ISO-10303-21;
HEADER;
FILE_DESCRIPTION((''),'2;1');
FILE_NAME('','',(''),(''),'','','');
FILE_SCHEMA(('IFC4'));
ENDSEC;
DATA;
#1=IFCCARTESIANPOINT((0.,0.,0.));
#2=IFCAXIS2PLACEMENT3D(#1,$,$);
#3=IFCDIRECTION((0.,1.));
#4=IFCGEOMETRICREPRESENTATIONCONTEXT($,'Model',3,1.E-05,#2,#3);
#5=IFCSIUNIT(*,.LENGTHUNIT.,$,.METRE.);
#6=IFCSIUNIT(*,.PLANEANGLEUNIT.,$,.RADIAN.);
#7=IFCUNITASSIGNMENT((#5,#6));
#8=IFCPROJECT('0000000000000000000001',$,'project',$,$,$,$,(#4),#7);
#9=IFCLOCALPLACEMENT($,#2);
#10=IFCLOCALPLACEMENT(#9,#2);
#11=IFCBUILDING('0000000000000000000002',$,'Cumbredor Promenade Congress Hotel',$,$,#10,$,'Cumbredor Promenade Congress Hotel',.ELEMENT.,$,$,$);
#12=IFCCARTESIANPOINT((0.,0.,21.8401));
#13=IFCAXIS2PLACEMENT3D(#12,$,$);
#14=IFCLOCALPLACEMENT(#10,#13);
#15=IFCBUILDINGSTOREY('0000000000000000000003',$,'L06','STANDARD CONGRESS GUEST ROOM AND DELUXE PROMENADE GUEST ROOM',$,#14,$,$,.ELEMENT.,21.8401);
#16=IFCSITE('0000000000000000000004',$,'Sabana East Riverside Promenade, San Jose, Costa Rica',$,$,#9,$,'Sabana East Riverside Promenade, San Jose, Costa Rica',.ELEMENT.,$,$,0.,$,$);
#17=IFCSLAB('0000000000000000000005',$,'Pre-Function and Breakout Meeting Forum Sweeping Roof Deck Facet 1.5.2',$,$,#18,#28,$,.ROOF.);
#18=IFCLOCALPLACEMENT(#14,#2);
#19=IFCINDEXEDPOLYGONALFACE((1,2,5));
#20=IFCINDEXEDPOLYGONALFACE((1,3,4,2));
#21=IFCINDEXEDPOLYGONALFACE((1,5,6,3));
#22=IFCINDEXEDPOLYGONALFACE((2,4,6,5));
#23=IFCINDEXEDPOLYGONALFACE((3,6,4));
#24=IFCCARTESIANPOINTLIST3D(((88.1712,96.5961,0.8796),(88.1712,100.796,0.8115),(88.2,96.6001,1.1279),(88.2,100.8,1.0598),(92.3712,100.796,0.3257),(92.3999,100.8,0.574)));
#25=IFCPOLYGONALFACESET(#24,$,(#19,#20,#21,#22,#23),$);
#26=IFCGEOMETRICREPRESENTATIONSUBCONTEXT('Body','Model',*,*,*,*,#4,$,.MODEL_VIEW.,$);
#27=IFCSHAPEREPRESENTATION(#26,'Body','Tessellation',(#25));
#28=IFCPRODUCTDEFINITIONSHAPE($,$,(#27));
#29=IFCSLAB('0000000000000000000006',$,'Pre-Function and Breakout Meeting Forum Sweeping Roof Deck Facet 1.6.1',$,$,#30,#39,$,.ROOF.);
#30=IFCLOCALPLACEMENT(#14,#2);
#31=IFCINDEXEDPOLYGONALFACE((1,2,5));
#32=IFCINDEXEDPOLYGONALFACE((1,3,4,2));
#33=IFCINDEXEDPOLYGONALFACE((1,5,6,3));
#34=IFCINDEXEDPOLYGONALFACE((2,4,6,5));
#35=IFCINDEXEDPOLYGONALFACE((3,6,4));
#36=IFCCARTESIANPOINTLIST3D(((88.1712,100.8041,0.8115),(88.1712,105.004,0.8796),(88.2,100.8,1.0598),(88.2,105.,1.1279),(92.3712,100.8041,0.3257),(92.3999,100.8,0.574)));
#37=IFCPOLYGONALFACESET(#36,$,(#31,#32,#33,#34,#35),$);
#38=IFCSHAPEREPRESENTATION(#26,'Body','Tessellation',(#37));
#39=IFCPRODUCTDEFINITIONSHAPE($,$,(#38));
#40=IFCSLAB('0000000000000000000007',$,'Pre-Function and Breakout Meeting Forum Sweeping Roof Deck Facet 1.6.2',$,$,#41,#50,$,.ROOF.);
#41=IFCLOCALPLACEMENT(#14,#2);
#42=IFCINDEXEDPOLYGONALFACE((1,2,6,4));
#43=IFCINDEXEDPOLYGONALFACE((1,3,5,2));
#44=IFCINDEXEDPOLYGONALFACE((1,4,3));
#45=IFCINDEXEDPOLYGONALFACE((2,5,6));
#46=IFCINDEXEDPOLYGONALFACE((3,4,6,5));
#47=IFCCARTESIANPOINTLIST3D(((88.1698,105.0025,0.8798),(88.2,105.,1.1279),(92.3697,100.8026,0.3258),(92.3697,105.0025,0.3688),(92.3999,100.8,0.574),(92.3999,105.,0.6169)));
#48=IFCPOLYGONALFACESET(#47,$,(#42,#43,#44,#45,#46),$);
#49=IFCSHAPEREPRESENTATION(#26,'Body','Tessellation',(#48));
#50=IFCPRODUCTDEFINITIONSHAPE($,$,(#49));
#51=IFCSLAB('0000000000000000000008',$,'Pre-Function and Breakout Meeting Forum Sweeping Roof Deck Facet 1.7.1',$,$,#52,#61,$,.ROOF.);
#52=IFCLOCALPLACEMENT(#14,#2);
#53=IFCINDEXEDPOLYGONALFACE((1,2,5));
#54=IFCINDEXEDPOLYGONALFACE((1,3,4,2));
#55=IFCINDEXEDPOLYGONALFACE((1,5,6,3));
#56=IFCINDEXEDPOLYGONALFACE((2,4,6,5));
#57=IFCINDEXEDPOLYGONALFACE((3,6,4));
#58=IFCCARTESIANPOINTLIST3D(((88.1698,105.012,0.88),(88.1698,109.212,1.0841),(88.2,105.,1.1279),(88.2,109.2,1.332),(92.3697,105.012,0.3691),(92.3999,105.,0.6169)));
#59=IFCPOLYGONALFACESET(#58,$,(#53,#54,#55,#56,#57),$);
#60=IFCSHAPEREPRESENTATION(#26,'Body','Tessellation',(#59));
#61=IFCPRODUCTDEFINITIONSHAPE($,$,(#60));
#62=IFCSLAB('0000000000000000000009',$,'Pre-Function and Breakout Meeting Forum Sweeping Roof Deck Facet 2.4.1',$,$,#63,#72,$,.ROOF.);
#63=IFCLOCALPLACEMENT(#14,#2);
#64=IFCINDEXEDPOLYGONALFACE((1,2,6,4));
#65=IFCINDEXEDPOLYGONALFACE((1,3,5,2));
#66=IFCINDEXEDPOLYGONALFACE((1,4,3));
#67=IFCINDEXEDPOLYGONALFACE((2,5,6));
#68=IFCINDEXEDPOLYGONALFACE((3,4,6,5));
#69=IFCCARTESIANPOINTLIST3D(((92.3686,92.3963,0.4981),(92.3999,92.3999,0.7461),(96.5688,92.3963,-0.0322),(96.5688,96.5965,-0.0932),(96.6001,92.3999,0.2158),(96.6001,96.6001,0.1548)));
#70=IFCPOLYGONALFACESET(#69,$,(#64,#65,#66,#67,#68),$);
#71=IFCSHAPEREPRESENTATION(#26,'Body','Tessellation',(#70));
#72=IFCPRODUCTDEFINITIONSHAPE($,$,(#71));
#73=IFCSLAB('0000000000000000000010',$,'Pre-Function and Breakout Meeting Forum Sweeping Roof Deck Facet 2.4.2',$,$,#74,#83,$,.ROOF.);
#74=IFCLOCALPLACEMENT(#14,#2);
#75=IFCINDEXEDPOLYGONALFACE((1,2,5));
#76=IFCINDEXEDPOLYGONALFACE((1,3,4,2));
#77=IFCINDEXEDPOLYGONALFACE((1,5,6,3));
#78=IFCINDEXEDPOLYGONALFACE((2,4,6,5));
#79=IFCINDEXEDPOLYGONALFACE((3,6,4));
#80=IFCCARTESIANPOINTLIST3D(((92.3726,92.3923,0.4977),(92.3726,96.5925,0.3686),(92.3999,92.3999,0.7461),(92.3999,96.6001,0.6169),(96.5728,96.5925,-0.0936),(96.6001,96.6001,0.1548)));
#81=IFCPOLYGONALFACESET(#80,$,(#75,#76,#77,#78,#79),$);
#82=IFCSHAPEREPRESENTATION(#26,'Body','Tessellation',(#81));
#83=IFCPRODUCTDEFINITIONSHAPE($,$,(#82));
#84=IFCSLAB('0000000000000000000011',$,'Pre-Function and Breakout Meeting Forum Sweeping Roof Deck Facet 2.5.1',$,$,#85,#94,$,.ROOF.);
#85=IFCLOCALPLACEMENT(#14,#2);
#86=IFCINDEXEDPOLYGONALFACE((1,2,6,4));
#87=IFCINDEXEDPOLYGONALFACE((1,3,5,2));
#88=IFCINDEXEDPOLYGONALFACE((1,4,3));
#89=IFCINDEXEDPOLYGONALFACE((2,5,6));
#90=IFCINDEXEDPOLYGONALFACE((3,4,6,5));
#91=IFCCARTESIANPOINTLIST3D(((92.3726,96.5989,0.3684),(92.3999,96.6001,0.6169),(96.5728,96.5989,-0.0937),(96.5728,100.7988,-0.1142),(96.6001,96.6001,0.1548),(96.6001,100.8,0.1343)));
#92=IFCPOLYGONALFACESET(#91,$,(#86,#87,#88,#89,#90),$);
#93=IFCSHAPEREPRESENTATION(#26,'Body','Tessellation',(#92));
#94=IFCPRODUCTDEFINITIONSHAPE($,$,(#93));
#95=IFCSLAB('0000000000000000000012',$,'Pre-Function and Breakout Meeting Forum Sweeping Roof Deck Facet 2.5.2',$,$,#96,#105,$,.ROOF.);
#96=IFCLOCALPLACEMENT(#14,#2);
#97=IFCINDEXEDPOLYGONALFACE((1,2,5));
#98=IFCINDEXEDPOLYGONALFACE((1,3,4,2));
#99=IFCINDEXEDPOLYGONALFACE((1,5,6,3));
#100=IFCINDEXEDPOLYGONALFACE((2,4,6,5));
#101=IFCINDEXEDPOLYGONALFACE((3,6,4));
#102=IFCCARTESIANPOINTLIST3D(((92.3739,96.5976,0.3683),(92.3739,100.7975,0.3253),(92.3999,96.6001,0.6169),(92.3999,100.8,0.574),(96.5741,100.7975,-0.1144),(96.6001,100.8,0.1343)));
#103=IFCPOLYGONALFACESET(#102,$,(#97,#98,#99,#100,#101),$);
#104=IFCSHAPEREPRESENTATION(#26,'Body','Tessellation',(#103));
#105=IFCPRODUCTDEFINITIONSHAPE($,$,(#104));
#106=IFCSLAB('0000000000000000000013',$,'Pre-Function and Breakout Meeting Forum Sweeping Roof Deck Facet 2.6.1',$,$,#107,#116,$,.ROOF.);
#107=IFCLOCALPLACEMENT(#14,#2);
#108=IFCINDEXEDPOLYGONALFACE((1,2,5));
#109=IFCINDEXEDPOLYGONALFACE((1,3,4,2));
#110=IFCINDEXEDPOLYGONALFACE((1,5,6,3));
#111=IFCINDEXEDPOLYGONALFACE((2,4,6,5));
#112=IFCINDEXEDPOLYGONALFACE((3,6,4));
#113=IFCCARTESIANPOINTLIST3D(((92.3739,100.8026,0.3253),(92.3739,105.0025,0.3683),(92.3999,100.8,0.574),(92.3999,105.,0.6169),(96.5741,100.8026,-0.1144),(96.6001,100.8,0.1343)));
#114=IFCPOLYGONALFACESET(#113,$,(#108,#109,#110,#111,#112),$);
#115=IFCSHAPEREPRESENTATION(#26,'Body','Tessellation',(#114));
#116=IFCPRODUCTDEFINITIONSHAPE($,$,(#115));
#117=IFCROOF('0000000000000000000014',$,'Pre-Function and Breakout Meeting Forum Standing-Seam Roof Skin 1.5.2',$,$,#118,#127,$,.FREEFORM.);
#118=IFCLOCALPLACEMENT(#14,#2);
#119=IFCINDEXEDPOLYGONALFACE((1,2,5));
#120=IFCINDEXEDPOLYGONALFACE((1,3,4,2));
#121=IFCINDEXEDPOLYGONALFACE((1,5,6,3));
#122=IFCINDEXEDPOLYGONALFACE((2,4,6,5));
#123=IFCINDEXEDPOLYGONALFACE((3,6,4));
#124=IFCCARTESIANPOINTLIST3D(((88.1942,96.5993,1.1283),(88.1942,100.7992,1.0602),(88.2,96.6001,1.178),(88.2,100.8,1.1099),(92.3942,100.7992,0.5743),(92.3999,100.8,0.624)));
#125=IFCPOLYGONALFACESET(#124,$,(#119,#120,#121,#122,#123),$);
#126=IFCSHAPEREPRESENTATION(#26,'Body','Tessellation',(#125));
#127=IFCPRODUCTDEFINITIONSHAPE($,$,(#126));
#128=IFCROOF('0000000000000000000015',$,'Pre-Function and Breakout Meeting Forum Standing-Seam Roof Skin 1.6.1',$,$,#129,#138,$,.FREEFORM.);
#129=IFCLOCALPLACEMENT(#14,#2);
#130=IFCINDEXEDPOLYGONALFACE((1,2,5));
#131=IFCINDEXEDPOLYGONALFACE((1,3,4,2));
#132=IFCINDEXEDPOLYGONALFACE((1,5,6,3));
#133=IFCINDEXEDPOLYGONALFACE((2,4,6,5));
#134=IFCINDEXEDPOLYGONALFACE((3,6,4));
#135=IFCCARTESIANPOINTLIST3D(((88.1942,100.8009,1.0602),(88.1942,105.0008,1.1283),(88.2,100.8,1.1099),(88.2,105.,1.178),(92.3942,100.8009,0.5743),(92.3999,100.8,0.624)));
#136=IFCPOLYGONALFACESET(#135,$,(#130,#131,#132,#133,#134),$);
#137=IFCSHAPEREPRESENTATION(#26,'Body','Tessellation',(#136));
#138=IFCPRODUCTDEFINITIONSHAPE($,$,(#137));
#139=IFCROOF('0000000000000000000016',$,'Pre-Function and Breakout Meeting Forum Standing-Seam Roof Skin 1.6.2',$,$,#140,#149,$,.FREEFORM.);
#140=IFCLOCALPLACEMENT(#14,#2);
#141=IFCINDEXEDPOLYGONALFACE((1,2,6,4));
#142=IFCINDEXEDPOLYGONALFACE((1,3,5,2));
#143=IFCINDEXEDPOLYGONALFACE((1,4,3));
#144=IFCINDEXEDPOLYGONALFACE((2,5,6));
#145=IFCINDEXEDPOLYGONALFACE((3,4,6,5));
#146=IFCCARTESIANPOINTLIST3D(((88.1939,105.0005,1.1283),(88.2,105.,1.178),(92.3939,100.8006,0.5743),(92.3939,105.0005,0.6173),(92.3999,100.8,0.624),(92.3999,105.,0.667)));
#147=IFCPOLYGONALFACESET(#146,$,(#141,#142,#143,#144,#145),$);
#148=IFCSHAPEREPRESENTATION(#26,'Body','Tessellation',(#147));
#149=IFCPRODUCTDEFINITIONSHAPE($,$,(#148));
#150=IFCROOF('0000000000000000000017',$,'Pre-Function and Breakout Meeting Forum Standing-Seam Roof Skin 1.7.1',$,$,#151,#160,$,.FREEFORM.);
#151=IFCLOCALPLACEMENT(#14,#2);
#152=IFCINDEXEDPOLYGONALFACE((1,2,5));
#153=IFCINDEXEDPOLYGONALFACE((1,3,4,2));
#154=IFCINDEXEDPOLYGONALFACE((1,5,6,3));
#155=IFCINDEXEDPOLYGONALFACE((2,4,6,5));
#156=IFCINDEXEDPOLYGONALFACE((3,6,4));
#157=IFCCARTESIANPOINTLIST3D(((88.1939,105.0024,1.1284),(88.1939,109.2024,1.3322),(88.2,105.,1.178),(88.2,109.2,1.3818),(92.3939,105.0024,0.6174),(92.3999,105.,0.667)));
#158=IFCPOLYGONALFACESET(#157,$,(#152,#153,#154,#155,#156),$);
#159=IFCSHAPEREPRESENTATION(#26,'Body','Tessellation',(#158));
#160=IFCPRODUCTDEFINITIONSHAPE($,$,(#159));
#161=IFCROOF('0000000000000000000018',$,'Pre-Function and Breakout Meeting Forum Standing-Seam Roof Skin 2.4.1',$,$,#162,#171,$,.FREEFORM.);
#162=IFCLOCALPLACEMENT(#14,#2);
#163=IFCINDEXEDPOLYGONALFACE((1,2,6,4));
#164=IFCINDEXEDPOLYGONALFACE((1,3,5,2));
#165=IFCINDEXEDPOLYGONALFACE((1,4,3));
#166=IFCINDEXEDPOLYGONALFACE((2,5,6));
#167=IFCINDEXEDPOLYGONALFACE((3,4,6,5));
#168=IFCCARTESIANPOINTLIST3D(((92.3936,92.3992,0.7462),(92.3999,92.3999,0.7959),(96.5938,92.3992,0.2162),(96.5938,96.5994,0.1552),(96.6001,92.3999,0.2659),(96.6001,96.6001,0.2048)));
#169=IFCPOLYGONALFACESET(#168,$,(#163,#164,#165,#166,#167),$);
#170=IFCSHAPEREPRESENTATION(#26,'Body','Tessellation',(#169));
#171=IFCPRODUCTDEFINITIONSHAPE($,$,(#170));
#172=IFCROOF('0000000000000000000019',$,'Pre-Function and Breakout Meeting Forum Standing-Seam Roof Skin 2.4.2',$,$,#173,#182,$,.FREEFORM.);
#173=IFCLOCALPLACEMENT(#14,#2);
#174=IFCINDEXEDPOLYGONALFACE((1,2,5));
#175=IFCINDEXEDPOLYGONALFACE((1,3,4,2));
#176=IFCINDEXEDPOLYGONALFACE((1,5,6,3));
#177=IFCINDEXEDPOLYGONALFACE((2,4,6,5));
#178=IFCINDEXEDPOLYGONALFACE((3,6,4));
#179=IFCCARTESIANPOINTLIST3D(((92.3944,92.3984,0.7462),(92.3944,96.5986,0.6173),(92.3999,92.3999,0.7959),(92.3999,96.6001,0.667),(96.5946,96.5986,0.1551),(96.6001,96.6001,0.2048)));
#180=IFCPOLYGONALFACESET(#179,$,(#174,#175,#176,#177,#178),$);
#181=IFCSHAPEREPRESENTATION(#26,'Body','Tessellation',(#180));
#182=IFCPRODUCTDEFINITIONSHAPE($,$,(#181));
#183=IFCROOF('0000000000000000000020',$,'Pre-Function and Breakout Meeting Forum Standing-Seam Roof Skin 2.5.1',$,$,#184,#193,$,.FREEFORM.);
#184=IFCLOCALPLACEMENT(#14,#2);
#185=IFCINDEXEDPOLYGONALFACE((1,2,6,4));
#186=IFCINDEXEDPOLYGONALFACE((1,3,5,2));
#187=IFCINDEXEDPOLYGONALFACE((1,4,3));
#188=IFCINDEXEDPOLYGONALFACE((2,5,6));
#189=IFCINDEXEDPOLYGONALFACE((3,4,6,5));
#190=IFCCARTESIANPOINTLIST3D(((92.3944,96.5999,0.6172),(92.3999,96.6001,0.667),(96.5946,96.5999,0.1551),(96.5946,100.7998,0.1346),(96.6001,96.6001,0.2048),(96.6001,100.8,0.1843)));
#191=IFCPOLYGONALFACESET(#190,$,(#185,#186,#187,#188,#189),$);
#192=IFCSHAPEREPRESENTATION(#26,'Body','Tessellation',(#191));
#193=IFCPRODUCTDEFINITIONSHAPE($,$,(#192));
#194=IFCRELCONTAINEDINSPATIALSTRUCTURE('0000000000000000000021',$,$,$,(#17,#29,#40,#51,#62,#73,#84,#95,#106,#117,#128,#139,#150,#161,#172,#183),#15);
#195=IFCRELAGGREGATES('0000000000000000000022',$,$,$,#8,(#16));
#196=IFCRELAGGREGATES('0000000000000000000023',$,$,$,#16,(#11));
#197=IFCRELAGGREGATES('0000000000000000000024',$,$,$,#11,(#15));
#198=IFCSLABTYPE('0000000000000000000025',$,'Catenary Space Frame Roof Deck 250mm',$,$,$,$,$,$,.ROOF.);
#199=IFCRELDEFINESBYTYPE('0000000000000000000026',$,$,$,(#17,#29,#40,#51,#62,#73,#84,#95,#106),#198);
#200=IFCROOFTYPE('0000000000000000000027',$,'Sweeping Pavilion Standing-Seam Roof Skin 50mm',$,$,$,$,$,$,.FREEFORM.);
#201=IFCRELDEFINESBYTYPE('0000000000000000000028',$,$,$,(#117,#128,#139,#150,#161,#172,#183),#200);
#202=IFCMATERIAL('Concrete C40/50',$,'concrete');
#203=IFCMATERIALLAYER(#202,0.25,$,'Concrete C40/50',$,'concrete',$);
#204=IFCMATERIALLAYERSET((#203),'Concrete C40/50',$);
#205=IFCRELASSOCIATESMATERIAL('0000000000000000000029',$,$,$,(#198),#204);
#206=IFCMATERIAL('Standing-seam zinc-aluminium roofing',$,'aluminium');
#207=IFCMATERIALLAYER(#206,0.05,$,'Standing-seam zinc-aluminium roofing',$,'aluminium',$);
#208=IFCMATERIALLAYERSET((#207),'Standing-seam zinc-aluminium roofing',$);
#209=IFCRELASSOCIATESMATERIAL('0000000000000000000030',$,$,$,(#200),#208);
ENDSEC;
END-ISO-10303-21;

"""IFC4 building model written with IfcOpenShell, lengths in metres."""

from ifc_helpers import new_model, si_unit, direction, frame, origin, place, context, subcontext, project, spatial, polyline, outline, extrude, material, layer, layer_set, type_object, element, save


model = new_model("IFC4")

# Units and contexts
model_context = context("Model", 3, precision=1e-05, world=origin(), true_north=direction((0.0, 1.0)))
body_context = subcontext(model_context, "Body", "Model", "MODEL_VIEW")
ifc_project = project(units=[si_unit("LENGTHUNIT", "METRE"), si_unit("PLANEANGLEUNIT", "RADIAN")], contexts=[model_context])

# Site, building, storey
site_placement = place(None, origin())
site = spatial("IfcSite", under=ifc_project, at=site_placement, Name="Sabana East Riverside Promenade, San Jose, Costa Rica", LongName="Sabana East Riverside Promenade, San Jose, Costa Rica", CompositionType="ELEMENT", RefElevation=0.0)
building_placement = place(site_placement, origin())
building = spatial("IfcBuilding", under=site, at=building_placement, Name="Cumbredor Promenade Congress Hotel", LongName="Cumbredor Promenade Congress Hotel", CompositionType="ELEMENT")
storey_placement = place(building_placement, frame((0.0, 0.0, 21.8401)))
storey = spatial("IfcBuildingStorey", under=building, at=storey_placement, Name="L06", Description="STANDARD CONGRESS GUEST ROOM AND DELUXE PROMENADE GUEST ROOM", CompositionType="ELEMENT", Elevation=21.8401)

# Slabs
ifc_material_1 = material(Name="Concrete C40/50", Category="concrete")
ifc_layer_1 = layer(ifc_material_1, 0.25, Name="Concrete C40/50", Category="concrete")
ifc_layer_set_1 = layer_set([ifc_layer_1], Name="Concrete C40/50")
slab_type = type_object("IfcSlabType", Name="Catenary Space Frame Roof Deck 250mm", PredefinedType="ROOF", material=ifc_layer_set_1)
slab_1_placement = place(storey_placement, frame((88.2, 96.6001, 1.1279), z_axis=(0.114896, 0.016109, 0.993247), x_axis=(0.704051, 0.704051, -0.092861)))
element("IfcSlab", 1, at=slab_1_placement, inside=storey, type_object=slab_type, Name="Pre-Function and Breakout Meeting Forum Sweeping Roof Deck Facet 1.5.2", PredefinedType="ROOF", context=body_context, shape_type="SweptSolid", body=[
    extrude(outline(polyline([(0.0, 0.0), (5.9654, 0.0), (2.9633, 2.9771), (0.0, 0.0)])), origin(), (0.0, 0.0, -1.0), 0.25),
])
slab_2_placement = place(storey_placement, frame((88.2, 100.8, 1.0598), z_axis=(0.114896, -0.016109, 0.993247), x_axis=(0.993376, 0.0, -0.114911)))
element("IfcSlab", 2, at=slab_2_placement, inside=storey, type_object=slab_type, Name="Pre-Function and Breakout Meeting Forum Sweeping Roof Deck Facet 1.6.1", PredefinedType="ROOF", context=body_context, shape_type="SweptSolid", body=[
    extrude(outline(polyline([(0.0, 0.0), (4.228, 0.0), (-0.0078, 4.2005), (0.0, 0.0)])), origin(), (0.0, 0.0, -1.0), 0.25),
])
slab_3_placement = place(storey_placement, frame((92.3999, 100.8, 0.574), z_axis=(0.120768, -0.010155, 0.992629), x_axis=(0.0, 0.999948, 0.01023)))
element("IfcSlab", 3, at=slab_3_placement, inside=storey, type_object=slab_type, Name="Pre-Function and Breakout Meeting Forum Sweeping Roof Deck Facet 1.6.2", PredefinedType="ROOF", context=body_context, shape_type="SweptSolid", body=[
    extrude(outline(polyline([(0.0, 0.0), (4.2002, 0.0), (4.2054, 4.2309), (0.0, 0.0)])), origin(), (0.0, 0.0, -1.0), 0.25),
])
slab_4_placement = place(storey_placement, frame((88.2, 105.0, 1.1279), z_axis=(0.120634, -0.048184, 0.991527), x_axis=(0.99268, 0.0, -0.120774)))
element("IfcSlab", 4, at=slab_4_placement, inside=storey, type_object=slab_type, Name="Pre-Function and Breakout Meeting Forum Sweeping Roof Deck Facet 1.7.1", PredefinedType="ROOF", context=body_context, shape_type="SweptSolid", body=[
    extrude(outline(polyline([(0.0, 0.0), (4.2309, 0.0), (-0.0247, 4.2048), (0.0, 0.0)])), origin(), (0.0, 0.0, -1.0), 0.25),
])
slab_5_placement = place(storey_placement, frame((92.3999, 92.3999, 0.7461), z_axis=(0.125242, 0.014416, 0.992021), x_axis=(0.992125, 0.0, -0.125255)))
element("IfcSlab", 5, at=slab_5_placement, inside=storey, type_object=slab_type, Name="Pre-Function and Breakout Meeting Forum Sweeping Roof Deck Facet 2.4.1", PredefinedType="ROOF", context=body_context, shape_type="SweptSolid", body=[
    extrude(outline(polyline([(0.0, 0.0), (4.2335, 0.0), (4.2412, 4.2006), (0.0, 0.0)])), origin(), (0.0, 0.0, -1.0), 0.25),
])
slab_6_placement = place(storey_placement, frame((92.3999, 92.3999, 0.7461), z_axis=(0.109321, 0.03055, 0.993537), x_axis=(0.703629, 0.703629, -0.099058)))
element("IfcSlab", 6, at=slab_6_placement, inside=storey, type_object=slab_type, Name="Pre-Function and Breakout Meeting Forum Sweeping Roof Deck Facet 2.4.2", PredefinedType="ROOF", context=body_context, shape_type="SweptSolid", body=[
    extrude(outline(polyline([(0.0, 0.0), (5.9693, 0.0), (2.9682, 2.9746), (0.0, 0.0)])), origin(), (0.0, 0.0, -1.0), 0.25),
])
slab_7_placement = place(storey_placement, frame((92.3999, 96.6001, 0.6169), z_axis=(0.109371, 0.004854, 0.993989), x_axis=(0.994001, 0.0, -0.109372)))
element("IfcSlab", 7, at=slab_7_placement, inside=storey, type_object=slab_type, Name="Pre-Function and Breakout Meeting Forum Sweeping Roof Deck Facet 2.5.1", PredefinedType="ROOF", context=body_context, shape_type="SweptSolid", body=[
    extrude(outline(polyline([(0.0, 0.0), (4.2255, 0.0), (4.2278, 4.2), (0.0, 0.0)])), origin(), (0.0, 0.0, -1.0), 0.25),
])
slab_8_placement = place(storey_placement, frame((92.3999, 96.6001, 0.6169), z_axis=(0.104111, 0.010175, 0.994514), x_axis=(0.704804, 0.704763, -0.080993)))
element("IfcSlab", 8, at=slab_8_placement, inside=storey, type_object=slab_type, Name="Pre-Function and Breakout Meeting Forum Sweeping Roof Deck Facet 2.5.2", PredefinedType="ROOF", context=body_context, shape_type="SweptSolid", body=[
    extrude(outline(polyline([(0.0, 0.0), (5.9594, 0.0), (2.9635, 2.9765), (0.0, 0.0)])), origin(), (0.0, 0.0, -1.0), 0.25),
])
slab_9_placement = place(storey_placement, frame((92.3999, 100.8, 0.574), z_axis=(0.104111, -0.010175, 0.994514), x_axis=(0.994565, 0.0, -0.104116)))
element("IfcSlab", 9, at=slab_9_placement, inside=storey, type_object=slab_type, Name="Pre-Function and Breakout Meeting Forum Sweeping Roof Deck Facet 2.6.1", PredefinedType="ROOF", context=body_context, shape_type="SweptSolid", body=[
    extrude(outline(polyline([(0.0, 0.0), (4.2231, 0.0), (-0.0045, 4.2002), (0.0, 0.0)])), origin(), (0.0, 0.0, -1.0), 0.25),
])

# Roofs
ifc_material_2 = material(Name="Standing-seam zinc-aluminium roofing", Category="aluminium")
ifc_layer_2 = layer(ifc_material_2, 0.05, Name="Standing-seam zinc-aluminium roofing", Category="aluminium")
ifc_layer_set_2 = layer_set([ifc_layer_2], Name="Standing-seam zinc-aluminium roofing")
roof_type = type_object("IfcRoofType", Name="Sweeping Pavilion Standing-Seam Roof Skin 50mm", PredefinedType="FREEFORM", material=ifc_layer_set_2)
roof_1_placement = place(storey_placement, frame((88.2, 96.6001, 1.178), z_axis=(0.114896, 0.016109, 0.993247), x_axis=(0.704051, 0.704051, -0.092861)))
element("IfcRoof", 10, at=roof_1_placement, inside=storey, type_object=roof_type, Name="Pre-Function and Breakout Meeting Forum Standing-Seam Roof Skin 1.5.2", PredefinedType="FREEFORM", context=body_context, shape_type="SweptSolid", body=[
    extrude(outline(polyline([(0.0, 0.0), (5.9654, 0.0), (2.9633, 2.9771), (0.0, 0.0)])), origin(), (0.0, 0.0, -1.0), 0.05),
])
roof_2_placement = place(storey_placement, frame((88.2, 100.8, 1.1099), z_axis=(0.114896, -0.016109, 0.993247), x_axis=(0.993376, 0.0, -0.114911)))
element("IfcRoof", 11, at=roof_2_placement, inside=storey, type_object=roof_type, Name="Pre-Function and Breakout Meeting Forum Standing-Seam Roof Skin 1.6.1", PredefinedType="FREEFORM", context=body_context, shape_type="SweptSolid", body=[
    extrude(outline(polyline([(0.0, 0.0), (4.228, 0.0), (-0.0078, 4.2005), (0.0, 0.0)])), origin(), (0.0, 0.0, -1.0), 0.05),
])
roof_3_placement = place(storey_placement, frame((92.3999, 100.8, 0.624), z_axis=(0.120768, -0.010155, 0.992629), x_axis=(0.0, 0.999948, 0.01023)))
element("IfcRoof", 12, at=roof_3_placement, inside=storey, type_object=roof_type, Name="Pre-Function and Breakout Meeting Forum Standing-Seam Roof Skin 1.6.2", PredefinedType="FREEFORM", context=body_context, shape_type="SweptSolid", body=[
    extrude(outline(polyline([(0.0, 0.0), (4.2002, 0.0), (4.2054, 4.2309), (0.0, 0.0)])), origin(), (0.0, 0.0, -1.0), 0.05),
])
roof_4_placement = place(storey_placement, frame((88.2, 105.0, 1.178), z_axis=(0.120634, -0.048127, 0.99153), x_axis=(0.99268, 0.0, -0.120774)))
element("IfcRoof", 13, at=roof_4_placement, inside=storey, type_object=roof_type, Name="Pre-Function and Breakout Meeting Forum Standing-Seam Roof Skin 1.7.1", PredefinedType="FREEFORM", context=body_context, shape_type="SweptSolid", body=[
    extrude(outline(polyline([(0.0, 0.0), (4.2309, 0.0), (-0.0246, 4.2048), (0.0, 0.0)])), origin(), (0.0, 0.0, -1.0), 0.05),
])
roof_5_placement = place(storey_placement, frame((92.3999, 92.3999, 0.7959), z_axis=(0.125186, 0.014416, 0.992029), x_axis=(0.992132, 0.0, -0.125199)))
element("IfcRoof", 14, at=roof_5_placement, inside=storey, type_object=roof_type, Name="Pre-Function and Breakout Meeting Forum Standing-Seam Roof Skin 2.4.1", PredefinedType="FREEFORM", context=body_context, shape_type="SweptSolid", body=[
    extrude(outline(polyline([(0.0, 0.0), (4.2335, 0.0), (4.2411, 4.2006), (0.0, 0.0)])), origin(), (0.0, 0.0, -1.0), 0.05),
])
roof_6_placement = place(storey_placement, frame((92.3999, 92.3999, 0.7959), z_axis=(0.109322, 0.030492, 0.993539), x_axis=(0.703632, 0.703632, -0.099017)))
element("IfcRoof", 15, at=roof_6_placement, inside=storey, type_object=roof_type, Name="Pre-Function and Breakout Meeting Forum Standing-Seam Roof Skin 2.4.2", PredefinedType="FREEFORM", context=body_context, shape_type="SweptSolid", body=[
    extrude(outline(polyline([(0.0, 0.0), (5.9693, 0.0), (2.9682, 2.9746), (0.0, 0.0)])), origin(), (0.0, 0.0, -1.0), 0.05),
])
roof_7_placement = place(storey_placement, frame((92.3999, 96.6001, 0.667), z_axis=(0.109371, 0.004854, 0.993989), x_axis=(0.994001, 0.0, -0.109372)))
element("IfcRoof", 16, at=roof_7_placement, inside=storey, type_object=roof_type, Name="Pre-Function and Breakout Meeting Forum Standing-Seam Roof Skin 2.5.1", PredefinedType="FREEFORM", context=body_context, shape_type="SweptSolid", body=[
    extrude(outline(polyline([(0.0, 0.0), (4.2255, 0.0), (4.2278, 4.2), (0.0, 0.0)])), origin(), (0.0, 0.0, -1.0), 0.05),
])

save(model, "model.ifc")
